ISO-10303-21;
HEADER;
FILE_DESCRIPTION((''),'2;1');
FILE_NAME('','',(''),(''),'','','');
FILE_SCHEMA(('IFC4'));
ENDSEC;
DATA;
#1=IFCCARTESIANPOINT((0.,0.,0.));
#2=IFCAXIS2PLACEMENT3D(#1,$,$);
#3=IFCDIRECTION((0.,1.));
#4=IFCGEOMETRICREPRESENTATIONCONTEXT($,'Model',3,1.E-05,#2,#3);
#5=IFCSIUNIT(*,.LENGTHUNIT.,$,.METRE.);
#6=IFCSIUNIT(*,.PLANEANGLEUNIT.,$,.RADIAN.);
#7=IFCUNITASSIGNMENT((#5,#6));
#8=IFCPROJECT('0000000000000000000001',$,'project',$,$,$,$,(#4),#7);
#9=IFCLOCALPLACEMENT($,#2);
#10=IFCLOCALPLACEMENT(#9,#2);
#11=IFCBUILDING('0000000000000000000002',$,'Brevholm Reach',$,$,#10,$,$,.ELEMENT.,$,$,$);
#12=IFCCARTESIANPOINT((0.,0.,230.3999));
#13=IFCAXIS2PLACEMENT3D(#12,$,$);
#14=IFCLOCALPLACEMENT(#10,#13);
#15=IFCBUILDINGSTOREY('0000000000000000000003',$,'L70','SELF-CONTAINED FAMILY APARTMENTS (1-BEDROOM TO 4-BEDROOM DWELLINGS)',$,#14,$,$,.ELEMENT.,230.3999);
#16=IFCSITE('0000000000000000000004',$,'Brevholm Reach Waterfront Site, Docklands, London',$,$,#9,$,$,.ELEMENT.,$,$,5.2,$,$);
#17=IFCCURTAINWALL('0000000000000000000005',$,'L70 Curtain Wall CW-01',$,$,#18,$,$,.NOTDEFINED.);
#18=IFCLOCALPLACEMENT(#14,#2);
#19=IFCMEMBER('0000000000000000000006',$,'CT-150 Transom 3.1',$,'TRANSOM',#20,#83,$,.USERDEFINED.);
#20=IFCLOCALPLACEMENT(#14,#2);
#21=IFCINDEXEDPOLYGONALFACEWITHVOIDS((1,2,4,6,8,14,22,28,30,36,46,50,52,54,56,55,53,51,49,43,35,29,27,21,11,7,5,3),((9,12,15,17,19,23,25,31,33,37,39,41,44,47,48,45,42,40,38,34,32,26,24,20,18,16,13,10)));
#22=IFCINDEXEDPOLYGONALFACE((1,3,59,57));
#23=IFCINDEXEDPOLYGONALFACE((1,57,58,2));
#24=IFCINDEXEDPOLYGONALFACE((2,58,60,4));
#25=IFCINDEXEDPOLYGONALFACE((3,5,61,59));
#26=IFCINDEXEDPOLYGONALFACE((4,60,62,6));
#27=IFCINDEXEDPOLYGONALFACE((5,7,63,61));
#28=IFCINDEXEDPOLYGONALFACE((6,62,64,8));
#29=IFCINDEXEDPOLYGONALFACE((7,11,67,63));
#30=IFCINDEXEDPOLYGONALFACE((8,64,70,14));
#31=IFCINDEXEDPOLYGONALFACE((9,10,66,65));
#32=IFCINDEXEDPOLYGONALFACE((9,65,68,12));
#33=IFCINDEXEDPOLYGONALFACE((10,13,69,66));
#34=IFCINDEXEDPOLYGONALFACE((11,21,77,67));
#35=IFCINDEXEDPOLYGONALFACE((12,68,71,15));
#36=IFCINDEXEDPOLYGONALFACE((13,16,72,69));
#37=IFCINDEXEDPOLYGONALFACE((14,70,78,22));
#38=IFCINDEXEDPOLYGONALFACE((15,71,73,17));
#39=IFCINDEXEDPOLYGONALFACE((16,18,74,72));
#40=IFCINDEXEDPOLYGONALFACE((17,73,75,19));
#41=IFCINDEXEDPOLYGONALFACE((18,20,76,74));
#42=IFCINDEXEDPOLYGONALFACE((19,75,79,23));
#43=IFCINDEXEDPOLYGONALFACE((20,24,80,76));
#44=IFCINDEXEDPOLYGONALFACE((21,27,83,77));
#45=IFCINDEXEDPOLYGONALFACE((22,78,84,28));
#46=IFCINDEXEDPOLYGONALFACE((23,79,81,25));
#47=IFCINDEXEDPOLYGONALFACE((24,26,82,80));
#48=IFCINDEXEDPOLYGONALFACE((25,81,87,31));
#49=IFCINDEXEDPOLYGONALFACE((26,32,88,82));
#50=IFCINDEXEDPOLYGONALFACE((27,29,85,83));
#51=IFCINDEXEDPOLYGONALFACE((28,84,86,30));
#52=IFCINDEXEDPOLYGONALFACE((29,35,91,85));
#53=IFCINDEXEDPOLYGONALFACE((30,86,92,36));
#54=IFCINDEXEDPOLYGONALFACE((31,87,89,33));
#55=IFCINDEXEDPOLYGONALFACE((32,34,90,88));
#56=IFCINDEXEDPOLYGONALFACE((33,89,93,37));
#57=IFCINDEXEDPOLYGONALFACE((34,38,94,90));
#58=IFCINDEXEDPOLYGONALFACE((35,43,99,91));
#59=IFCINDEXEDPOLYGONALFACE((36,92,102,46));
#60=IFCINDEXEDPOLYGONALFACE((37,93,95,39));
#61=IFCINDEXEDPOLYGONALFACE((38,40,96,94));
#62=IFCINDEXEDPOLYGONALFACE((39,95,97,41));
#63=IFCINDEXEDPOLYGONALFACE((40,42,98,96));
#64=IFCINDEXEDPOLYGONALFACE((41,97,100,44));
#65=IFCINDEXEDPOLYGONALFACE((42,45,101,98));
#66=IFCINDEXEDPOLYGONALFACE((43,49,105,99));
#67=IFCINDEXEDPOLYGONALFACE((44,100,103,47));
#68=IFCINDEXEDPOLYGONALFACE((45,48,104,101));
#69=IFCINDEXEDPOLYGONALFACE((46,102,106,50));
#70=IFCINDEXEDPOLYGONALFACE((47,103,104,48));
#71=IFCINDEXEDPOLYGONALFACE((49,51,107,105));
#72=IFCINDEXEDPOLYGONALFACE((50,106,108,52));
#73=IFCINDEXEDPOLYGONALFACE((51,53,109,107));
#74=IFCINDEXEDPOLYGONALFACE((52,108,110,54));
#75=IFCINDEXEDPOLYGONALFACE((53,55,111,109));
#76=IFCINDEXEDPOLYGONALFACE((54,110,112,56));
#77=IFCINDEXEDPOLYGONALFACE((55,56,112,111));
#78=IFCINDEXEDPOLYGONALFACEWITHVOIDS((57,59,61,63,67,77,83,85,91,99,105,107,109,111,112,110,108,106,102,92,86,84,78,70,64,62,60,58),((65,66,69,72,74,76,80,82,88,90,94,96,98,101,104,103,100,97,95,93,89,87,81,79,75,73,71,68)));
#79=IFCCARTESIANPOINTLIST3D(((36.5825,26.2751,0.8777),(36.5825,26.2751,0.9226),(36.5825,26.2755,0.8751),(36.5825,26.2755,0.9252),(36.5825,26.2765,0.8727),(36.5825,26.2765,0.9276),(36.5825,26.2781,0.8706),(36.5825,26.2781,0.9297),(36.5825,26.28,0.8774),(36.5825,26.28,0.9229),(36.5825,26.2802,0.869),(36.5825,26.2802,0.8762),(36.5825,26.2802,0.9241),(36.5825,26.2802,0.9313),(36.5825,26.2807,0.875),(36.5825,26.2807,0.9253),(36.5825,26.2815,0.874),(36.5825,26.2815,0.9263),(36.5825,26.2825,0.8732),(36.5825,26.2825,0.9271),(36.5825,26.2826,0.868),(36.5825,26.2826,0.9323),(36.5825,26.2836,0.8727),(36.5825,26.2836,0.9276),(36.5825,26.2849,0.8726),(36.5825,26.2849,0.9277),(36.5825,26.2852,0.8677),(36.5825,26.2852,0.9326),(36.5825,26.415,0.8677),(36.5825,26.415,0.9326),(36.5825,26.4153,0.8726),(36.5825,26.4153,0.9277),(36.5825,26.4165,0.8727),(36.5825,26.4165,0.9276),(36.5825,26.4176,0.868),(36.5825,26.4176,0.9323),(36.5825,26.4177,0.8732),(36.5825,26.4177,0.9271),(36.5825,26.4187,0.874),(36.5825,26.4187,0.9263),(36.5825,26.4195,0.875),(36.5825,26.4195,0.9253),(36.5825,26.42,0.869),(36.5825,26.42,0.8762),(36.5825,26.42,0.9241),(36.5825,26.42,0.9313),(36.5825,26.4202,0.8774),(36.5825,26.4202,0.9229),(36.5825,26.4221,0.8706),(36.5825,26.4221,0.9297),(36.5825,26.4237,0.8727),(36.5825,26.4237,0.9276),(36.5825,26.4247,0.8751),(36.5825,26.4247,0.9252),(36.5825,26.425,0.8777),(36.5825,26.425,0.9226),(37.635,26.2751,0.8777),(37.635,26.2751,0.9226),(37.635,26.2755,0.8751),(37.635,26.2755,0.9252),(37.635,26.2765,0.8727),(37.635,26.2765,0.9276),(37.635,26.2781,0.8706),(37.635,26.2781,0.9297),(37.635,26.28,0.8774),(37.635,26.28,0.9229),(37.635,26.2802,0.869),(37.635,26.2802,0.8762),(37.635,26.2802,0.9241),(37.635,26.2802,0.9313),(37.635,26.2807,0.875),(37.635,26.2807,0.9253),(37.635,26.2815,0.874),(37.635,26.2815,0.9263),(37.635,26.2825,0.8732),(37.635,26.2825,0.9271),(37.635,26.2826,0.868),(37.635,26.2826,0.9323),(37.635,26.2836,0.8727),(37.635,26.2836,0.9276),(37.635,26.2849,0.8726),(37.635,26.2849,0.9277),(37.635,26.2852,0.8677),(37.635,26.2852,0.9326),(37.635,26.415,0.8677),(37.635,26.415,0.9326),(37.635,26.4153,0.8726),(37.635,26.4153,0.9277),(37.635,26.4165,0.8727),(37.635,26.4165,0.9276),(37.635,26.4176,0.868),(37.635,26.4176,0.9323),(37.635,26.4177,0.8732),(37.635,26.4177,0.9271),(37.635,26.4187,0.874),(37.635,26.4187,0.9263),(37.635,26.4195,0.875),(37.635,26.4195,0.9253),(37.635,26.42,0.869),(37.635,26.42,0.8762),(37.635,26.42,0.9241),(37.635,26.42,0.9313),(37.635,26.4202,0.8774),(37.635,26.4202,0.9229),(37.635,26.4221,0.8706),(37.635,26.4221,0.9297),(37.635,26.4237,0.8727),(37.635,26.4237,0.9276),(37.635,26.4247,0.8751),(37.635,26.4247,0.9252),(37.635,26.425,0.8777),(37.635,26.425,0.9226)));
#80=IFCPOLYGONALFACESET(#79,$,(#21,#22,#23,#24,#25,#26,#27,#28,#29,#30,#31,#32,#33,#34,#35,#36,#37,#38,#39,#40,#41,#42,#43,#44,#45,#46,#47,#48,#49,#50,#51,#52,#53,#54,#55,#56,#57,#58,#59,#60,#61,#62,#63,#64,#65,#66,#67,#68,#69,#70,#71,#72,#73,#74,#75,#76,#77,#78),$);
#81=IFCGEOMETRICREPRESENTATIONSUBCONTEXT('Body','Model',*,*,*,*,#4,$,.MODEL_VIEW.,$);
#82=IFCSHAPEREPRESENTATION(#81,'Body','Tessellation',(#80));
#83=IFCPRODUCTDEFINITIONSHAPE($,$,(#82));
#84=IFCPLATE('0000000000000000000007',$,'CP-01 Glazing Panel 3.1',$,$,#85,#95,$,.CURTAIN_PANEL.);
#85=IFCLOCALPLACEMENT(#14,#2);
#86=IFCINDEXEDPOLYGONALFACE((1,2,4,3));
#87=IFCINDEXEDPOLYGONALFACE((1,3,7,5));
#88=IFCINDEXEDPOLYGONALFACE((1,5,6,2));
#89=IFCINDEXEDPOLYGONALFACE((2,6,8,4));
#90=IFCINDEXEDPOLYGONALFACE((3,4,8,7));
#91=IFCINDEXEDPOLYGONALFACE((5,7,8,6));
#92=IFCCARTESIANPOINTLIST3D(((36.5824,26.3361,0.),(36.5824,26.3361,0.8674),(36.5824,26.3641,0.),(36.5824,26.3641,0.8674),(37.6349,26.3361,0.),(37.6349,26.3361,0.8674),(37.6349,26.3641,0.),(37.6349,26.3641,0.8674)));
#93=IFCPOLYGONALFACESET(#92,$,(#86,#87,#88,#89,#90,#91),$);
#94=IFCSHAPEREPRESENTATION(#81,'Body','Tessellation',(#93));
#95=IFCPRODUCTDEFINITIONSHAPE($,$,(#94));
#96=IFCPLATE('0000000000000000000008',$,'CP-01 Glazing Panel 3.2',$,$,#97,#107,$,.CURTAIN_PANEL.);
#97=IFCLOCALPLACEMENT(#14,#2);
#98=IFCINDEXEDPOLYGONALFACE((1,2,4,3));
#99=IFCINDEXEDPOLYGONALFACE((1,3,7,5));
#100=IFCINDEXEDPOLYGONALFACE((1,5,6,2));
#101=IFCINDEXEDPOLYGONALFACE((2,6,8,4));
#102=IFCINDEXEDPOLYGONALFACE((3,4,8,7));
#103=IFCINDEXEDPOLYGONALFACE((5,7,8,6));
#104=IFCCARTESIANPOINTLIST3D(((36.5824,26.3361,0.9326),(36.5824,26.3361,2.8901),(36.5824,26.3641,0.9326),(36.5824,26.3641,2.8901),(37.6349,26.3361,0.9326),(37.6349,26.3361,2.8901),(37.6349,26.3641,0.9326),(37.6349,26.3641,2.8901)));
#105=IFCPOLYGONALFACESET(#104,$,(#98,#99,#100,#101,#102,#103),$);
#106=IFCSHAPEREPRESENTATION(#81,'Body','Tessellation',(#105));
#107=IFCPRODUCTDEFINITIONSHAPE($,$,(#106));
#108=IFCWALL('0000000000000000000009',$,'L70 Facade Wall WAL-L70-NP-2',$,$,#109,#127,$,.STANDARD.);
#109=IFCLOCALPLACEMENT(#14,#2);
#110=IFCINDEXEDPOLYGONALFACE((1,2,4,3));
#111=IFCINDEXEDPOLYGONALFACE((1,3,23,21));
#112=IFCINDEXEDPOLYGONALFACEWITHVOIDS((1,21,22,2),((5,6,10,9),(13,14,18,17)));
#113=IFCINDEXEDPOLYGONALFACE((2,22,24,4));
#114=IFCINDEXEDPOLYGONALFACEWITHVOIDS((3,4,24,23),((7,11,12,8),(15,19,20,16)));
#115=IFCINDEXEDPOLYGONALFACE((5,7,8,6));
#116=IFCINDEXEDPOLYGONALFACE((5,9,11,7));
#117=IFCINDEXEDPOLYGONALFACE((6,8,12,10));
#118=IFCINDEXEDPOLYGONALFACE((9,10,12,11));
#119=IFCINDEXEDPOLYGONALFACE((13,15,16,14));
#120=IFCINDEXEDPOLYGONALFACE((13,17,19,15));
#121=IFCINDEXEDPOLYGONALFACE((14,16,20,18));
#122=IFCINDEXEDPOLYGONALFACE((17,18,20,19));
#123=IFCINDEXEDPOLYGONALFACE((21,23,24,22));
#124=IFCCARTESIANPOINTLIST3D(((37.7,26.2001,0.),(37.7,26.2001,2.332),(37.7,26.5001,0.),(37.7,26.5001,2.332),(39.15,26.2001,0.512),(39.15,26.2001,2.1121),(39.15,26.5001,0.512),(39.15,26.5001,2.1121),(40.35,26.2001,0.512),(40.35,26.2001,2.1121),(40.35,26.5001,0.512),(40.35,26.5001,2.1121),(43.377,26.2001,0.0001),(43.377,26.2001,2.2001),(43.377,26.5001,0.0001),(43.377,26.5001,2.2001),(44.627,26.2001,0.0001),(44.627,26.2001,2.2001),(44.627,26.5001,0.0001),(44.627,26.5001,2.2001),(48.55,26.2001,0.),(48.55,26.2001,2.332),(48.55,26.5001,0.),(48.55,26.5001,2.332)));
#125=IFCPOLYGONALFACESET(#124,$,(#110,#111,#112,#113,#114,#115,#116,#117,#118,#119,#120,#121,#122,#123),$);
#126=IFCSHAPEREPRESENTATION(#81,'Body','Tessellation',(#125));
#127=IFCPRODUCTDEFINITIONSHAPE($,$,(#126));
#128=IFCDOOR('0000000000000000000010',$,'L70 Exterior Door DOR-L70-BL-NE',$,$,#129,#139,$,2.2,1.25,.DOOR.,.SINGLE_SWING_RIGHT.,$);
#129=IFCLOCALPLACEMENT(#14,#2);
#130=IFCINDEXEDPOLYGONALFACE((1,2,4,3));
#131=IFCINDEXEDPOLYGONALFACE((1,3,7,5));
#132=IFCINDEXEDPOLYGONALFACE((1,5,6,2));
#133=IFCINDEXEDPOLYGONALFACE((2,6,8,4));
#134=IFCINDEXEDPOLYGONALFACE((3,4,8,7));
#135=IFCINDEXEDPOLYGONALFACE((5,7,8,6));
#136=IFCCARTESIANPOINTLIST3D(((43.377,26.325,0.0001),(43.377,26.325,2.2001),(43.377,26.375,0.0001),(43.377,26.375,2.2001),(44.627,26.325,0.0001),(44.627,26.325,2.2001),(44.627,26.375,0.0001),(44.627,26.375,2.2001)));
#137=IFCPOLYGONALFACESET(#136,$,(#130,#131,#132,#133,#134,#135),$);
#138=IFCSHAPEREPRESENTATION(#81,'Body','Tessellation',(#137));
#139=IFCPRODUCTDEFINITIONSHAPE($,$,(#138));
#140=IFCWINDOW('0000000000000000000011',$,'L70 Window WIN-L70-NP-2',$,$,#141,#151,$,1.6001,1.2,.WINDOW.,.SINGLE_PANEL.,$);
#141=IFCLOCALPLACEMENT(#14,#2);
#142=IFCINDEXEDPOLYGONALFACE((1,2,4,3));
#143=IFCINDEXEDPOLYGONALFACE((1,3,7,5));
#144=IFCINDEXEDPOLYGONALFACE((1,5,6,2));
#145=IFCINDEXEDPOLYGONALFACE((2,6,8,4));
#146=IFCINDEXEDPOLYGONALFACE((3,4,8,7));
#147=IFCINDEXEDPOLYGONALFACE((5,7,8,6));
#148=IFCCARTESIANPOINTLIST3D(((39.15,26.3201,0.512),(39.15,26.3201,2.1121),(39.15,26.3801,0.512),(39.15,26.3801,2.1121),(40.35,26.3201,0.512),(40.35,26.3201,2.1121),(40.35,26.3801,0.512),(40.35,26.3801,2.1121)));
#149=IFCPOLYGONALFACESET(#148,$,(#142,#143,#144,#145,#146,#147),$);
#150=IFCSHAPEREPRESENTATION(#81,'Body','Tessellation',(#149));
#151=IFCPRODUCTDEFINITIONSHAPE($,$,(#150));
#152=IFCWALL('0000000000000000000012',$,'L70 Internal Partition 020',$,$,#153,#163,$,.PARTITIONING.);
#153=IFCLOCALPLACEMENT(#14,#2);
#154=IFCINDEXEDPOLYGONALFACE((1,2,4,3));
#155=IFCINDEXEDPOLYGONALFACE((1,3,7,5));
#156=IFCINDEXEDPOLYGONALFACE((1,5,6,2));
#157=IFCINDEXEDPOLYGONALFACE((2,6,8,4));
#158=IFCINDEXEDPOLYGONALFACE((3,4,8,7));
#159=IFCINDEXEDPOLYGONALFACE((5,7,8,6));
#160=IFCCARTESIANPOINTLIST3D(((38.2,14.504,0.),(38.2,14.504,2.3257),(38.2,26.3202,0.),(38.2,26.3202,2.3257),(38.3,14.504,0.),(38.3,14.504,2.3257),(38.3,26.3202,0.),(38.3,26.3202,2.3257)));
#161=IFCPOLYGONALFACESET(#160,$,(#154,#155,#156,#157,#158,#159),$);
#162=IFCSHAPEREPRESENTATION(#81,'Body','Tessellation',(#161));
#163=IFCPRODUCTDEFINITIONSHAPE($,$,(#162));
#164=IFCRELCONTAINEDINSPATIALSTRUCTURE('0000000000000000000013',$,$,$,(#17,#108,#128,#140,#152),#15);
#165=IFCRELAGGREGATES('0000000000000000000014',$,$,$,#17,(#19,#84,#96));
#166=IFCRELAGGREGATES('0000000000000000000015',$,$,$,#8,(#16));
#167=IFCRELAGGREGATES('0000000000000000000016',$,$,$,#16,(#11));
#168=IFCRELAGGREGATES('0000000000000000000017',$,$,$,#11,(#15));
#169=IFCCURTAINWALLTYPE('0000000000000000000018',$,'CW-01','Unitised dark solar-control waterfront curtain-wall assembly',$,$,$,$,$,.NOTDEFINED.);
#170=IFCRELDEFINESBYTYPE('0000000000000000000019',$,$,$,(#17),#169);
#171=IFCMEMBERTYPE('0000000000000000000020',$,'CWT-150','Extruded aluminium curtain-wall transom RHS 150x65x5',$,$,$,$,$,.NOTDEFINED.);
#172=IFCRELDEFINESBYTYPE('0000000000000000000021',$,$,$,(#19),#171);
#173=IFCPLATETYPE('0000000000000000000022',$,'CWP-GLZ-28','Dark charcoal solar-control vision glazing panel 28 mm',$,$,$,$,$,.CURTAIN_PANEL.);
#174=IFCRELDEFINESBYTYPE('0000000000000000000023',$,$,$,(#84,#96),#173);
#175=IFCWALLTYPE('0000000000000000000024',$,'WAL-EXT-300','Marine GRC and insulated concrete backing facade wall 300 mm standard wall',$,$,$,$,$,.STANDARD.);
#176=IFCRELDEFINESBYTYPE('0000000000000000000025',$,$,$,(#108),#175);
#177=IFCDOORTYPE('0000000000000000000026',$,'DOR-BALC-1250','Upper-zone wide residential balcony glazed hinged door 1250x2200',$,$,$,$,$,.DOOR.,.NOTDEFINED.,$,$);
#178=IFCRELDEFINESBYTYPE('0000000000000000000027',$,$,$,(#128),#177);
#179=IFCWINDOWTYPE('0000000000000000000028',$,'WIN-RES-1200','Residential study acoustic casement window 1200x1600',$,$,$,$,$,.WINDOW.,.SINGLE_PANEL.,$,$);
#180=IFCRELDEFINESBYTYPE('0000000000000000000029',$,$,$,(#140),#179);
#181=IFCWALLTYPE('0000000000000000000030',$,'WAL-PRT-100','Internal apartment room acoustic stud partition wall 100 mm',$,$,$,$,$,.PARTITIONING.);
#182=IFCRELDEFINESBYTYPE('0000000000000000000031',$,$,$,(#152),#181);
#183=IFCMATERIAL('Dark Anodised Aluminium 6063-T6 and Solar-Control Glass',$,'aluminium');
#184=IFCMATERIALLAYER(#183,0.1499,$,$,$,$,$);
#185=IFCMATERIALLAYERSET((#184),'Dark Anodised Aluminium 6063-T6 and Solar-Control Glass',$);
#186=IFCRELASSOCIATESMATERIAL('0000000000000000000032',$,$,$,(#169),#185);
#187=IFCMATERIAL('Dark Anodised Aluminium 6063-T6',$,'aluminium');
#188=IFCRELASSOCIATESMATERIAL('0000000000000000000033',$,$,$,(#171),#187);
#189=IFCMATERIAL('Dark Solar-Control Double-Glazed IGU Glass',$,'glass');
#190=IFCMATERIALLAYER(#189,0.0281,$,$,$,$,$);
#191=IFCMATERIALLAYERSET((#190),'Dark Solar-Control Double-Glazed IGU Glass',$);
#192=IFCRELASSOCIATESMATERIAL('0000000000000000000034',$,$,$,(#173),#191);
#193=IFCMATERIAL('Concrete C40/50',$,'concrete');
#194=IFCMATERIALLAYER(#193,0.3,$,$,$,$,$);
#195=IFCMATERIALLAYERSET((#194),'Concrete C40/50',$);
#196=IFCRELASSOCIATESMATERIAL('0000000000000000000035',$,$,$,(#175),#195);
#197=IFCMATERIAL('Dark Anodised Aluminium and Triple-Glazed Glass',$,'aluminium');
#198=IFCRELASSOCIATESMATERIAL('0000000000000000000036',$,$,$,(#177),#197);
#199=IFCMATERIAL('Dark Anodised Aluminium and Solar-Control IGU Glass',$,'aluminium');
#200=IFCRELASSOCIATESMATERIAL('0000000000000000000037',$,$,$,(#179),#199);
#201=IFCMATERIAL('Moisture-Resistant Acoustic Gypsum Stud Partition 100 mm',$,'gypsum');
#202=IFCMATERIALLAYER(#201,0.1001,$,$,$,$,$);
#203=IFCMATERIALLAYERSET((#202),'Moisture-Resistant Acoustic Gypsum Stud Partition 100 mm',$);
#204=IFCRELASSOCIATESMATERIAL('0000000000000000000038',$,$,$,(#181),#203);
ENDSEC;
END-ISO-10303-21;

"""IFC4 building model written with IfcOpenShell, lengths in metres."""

from ifc_helpers import new_model, si_unit, direction, frame, frame_2d, origin, origin_2d, place, context, subcontext, project, spatial, rectangle, hollow_rectangle, extrude, material, layer, layer_set, material_profile, profile_set, type_object, element, fill, aggregate, save


model = new_model("IFC4")

# Units and contexts
model_context = context("Model", 3, precision=1e-05, world=origin(), true_north=direction((0.0, 1.0)))
body_context = subcontext(model_context, "Body", "Model", "MODEL_VIEW")
ifc_project = project(units=[si_unit("LENGTHUNIT", "METRE"), si_unit("PLANEANGLEUNIT", "RADIAN")], contexts=[model_context])

# Site, building, storey
site_placement = place(None, origin())
site = spatial("IfcSite", under=ifc_project, at=site_placement, Name="Brevholm Reach Waterfront Site, Docklands, London", CompositionType="ELEMENT", RefElevation=5.2)
building_placement = place(site_placement, origin())
building = spatial("IfcBuilding", under=site, at=building_placement, Name="Brevholm Reach", CompositionType="ELEMENT")
storey_placement = place(building_placement, frame((0.0, 0.0, 230.3999)))
storey = spatial("IfcBuildingStorey", under=building, at=storey_placement, Name="L70", Description="SELF-CONTAINED FAMILY APARTMENTS (1-BEDROOM TO 4-BEDROOM DWELLINGS)", CompositionType="ELEMENT", Elevation=230.3999)

# Curtain wall, member, plates
ifc_material_1 = material(Name="Dark Anodised Aluminium 6063-T6 and Solar-Control Glass", Category="aluminium")
ifc_layer_1 = layer(ifc_material_1, 0.1499)
ifc_layer_set_1 = layer_set([ifc_layer_1], Name="Dark Anodised Aluminium 6063-T6 and Solar-Control Glass")
curtain_wall_type = type_object("IfcCurtainWallType", Name="CW-01", Description="Unitised dark solar-control waterfront curtain-wall assembly", PredefinedType="NOTDEFINED", material=ifc_layer_set_1)
curtain_wall_placement = place(storey_placement, origin())
curtain_wall = element("IfcCurtainWall", 1, at=curtain_wall_placement, inside=storey, type_object=curtain_wall_type, Name="L70 Curtain Wall CW-01", PredefinedType="NOTDEFINED")
ifc_material_2 = material(Name="Dark Anodised Aluminium 6063-T6", Category="aluminium")
ifc_material_profile_1 = material_profile(ifc_material_2, hollow_rectangle(XDim=0.0649, YDim=0.1499, WallThickness=0.0049, InnerFilletRadius=0.0049, OuterFilletRadius=0.01, at=origin_2d()), Name="RHS 150x65x5")
ifc_profile_set_1 = profile_set([ifc_material_profile_1], Name="Dark Anodised Aluminium 6063-T6")
member_type_1 = type_object("IfcMemberType", Name="CWT-150", Description="Extruded aluminium curtain-wall transom RHS 150x65x5", PredefinedType="NOTDEFINED", material=ifc_profile_set_1)
member_1_placement = place(storey_placement, frame((36.5825, 26.3501, 0.9001), z_axis=(1.0, 0.0, 0.0), x_axis=(0.0, 0.0, 1.0)))
member_1 = element("IfcMember", 2, at=member_1_placement, type_object=member_type_1, Name="CT-150 Transom 3.1", ObjectType="TRANSOM", PredefinedType="USERDEFINED", context=body_context, shape_type="SweptSolid", body=[
    extrude(hollow_rectangle(XDim=0.0649, YDim=0.1499, WallThickness=0.0049, InnerFilletRadius=0.0049, OuterFilletRadius=0.01, at=origin_2d()), origin(), (0.0, 0.0, 1.0), 1.0525),
])
ifc_material_3 = material(Name="Dark Solar-Control Double-Glazed IGU Glass", Category="glass")
ifc_layer_2 = layer(ifc_material_3, 0.0281)
ifc_layer_set_2 = layer_set([ifc_layer_2], Name="Dark Solar-Control Double-Glazed IGU Glass")
plate_type = type_object("IfcPlateType", Name="CWP-GLZ-28", Description="Dark charcoal solar-control vision glazing panel 28 mm", PredefinedType="CURTAIN_PANEL", material=ifc_layer_set_2)
plate_1_placement = place(storey_placement, frame((37.1086, 26.3501, 0.0), z_axis=(0.0, 0.0, 1.0), x_axis=(1.0, 0.0, 0.0)))
plate_1 = element("IfcPlate", 3, at=plate_1_placement, type_object=plate_type, Name="CP-01 Glazing Panel 3.1", PredefinedType="CURTAIN_PANEL", context=body_context, shape_type="SweptSolid", body=[
    extrude(rectangle(XDim=1.0525, YDim=0.0281, at=origin_2d()), origin(), (0.0, 0.0, 1.0), 0.8674),
])
plate_2_placement = place(storey_placement, frame((37.1086, 26.3501, 0.9326), z_axis=(0.0, 0.0, 1.0), x_axis=(1.0, 0.0, 0.0)))
plate_2 = element("IfcPlate", 4, at=plate_2_placement, type_object=plate_type, Name="CP-01 Glazing Panel 3.2", PredefinedType="CURTAIN_PANEL", context=body_context, shape_type="SweptSolid", body=[
    extrude(rectangle(XDim=1.0525, YDim=0.0281, at=origin_2d()), origin(), (0.0, 0.0, 1.0), 1.9575),
])
aggregate(curtain_wall, [member_1, plate_1, plate_2])

# Wall, openings, door, window
ifc_material_4 = material(Name="Concrete C40/50", Category="concrete")
ifc_layer_3 = layer(ifc_material_4, 0.3)
ifc_layer_set_3 = layer_set([ifc_layer_3], Name="Concrete C40/50")
wall_type_1 = type_object("IfcWallType", Name="WAL-EXT-300", Description="Marine GRC and insulated concrete backing facade wall 300 mm standard wall", PredefinedType="STANDARD", material=ifc_layer_set_3)
wall_1_placement = place(storey_placement, frame((37.7, 26.3501, 0.0), z_axis=(0.0, 0.0, 1.0), x_axis=(1.0, 0.0, 0.0)))
wall_1 = element("IfcWall", 5, at=wall_1_placement, inside=storey, type_object=wall_type_1, Name="L70 Facade Wall WAL-L70-NP-2", PredefinedType="STANDARD", context=body_context, shape_type="SweptSolid", body=[
    extrude(rectangle(XDim=10.8501, YDim=0.3, at=frame_2d((5.425, 0.0))), origin(), (0.0, 0.0, 1.0), 2.332),
])
opening_1_placement = place(wall_1_placement, frame((5.677, 0.0, 0.0)))
opening_1 = element("IfcOpeningElement", 6, at=opening_1_placement, cuts=wall_1, PredefinedType="OPENING", context=body_context, shape_type="SweptSolid", body=[
    extrude(rectangle(XDim=1.25, YDim=2.2, at=frame_2d((0.625, 1.1001))), frame((0.0, 0.1599, 0.0), z_axis=(0.0, -1.0, 0.0), x_axis=(1.0, 0.0, 0.0)), (0.0, 0.0, 1.0), 0.3201),
])
opening_2_placement = place(wall_1_placement, frame((1.45, 0.0, 0.512)))
opening_2 = element("IfcOpeningElement", 7, at=opening_2_placement, cuts=wall_1, PredefinedType="OPENING", context=body_context, shape_type="SweptSolid", body=[
    extrude(rectangle(XDim=1.2, YDim=1.6001, at=frame_2d((0.6001, 0.8))), frame((0.0, 0.1599, 0.0), z_axis=(0.0, -1.0, 0.0), x_axis=(1.0, 0.0, 0.0)), (0.0, 0.0, 1.0), 0.3201),
])
ifc_material_5 = material(Name="Dark Anodised Aluminium and Triple-Glazed Glass", Category="aluminium")
door_type_1 = type_object("IfcDoorType", Name="DOR-BALC-1250", Description="Upper-zone wide residential balcony glazed hinged door 1250x2200", OperationType="NOTDEFINED", PredefinedType="DOOR", material=ifc_material_5)
door_1_placement = place(opening_1_placement, origin())
door_1 = element("IfcDoor", 8, at=door_1_placement, inside=storey, type_object=door_type_1, Name="L70 Exterior Door DOR-L70-BL-NE", OperationType="SINGLE_SWING_RIGHT", OverallHeight=2.2, OverallWidth=1.25, PredefinedType="DOOR", context=body_context, shape_type="SweptSolid", body=[
    extrude(rectangle(XDim=1.25, YDim=2.2, at=frame_2d((0.625, 1.1001))), frame((0.0, 0.0249, 0.0), z_axis=(0.0, -1.0, 0.0), x_axis=(1.0, 0.0, 0.0)), (0.0, 0.0, 1.0), 0.05),
])
fill(opening_1, door_1)
ifc_material_6 = material(Name="Dark Anodised Aluminium and Solar-Control IGU Glass", Category="aluminium")
window_type = type_object("IfcWindowType", Name="WIN-RES-1200", Description="Residential study acoustic casement window 1200x1600", PartitioningType="SINGLE_PANEL", PredefinedType="WINDOW", material=ifc_material_6)
window_placement = place(opening_2_placement, origin())
window = element("IfcWindow", 9, at=window_placement, inside=storey, type_object=window_type, Name="L70 Window WIN-L70-NP-2", OverallHeight=1.6001, OverallWidth=1.2, PartitioningType="SINGLE_PANEL", PredefinedType="WINDOW", context=body_context, shape_type="SweptSolid", body=[
    extrude(rectangle(XDim=1.2, YDim=1.6001, at=frame_2d((0.6001, 0.8))), frame((0.0, 0.03, 0.0), z_axis=(0.0, -1.0, 0.0), x_axis=(1.0, 0.0, 0.0)), (0.0, 0.0, 1.0), 0.0601),
])
fill(opening_2, window)

# Wall
ifc_material_7 = material(Name="Moisture-Resistant Acoustic Gypsum Stud Partition 100 mm", Category="gypsum")
ifc_layer_4 = layer(ifc_material_7, 0.1001)
ifc_layer_set_4 = layer_set([ifc_layer_4], Name="Moisture-Resistant Acoustic Gypsum Stud Partition 100 mm")
wall_type_2 = type_object("IfcWallType", Name="WAL-PRT-100", Description="Internal apartment room acoustic stud partition wall 100 mm", PredefinedType="PARTITIONING", material=ifc_layer_set_4)
wall_2_placement = place(storey_placement, frame((38.25, 14.5039, 0.0), z_axis=(0.0, 0.0, 1.0), x_axis=(0.0, 1.0, 0.0)))
element("IfcWall", 10, at=wall_2_placement, inside=storey, type_object=wall_type_2, Name="L70 Internal Partition 020", PredefinedType="PARTITIONING", context=body_context, shape_type="SweptSolid", body=[
    extrude(rectangle(XDim=11.8162, YDim=0.1001, at=frame_2d((5.9082, 0.0))), origin(), (0.0, 0.0, 1.0), 2.3257),
])

save(model, "model.ifc")
